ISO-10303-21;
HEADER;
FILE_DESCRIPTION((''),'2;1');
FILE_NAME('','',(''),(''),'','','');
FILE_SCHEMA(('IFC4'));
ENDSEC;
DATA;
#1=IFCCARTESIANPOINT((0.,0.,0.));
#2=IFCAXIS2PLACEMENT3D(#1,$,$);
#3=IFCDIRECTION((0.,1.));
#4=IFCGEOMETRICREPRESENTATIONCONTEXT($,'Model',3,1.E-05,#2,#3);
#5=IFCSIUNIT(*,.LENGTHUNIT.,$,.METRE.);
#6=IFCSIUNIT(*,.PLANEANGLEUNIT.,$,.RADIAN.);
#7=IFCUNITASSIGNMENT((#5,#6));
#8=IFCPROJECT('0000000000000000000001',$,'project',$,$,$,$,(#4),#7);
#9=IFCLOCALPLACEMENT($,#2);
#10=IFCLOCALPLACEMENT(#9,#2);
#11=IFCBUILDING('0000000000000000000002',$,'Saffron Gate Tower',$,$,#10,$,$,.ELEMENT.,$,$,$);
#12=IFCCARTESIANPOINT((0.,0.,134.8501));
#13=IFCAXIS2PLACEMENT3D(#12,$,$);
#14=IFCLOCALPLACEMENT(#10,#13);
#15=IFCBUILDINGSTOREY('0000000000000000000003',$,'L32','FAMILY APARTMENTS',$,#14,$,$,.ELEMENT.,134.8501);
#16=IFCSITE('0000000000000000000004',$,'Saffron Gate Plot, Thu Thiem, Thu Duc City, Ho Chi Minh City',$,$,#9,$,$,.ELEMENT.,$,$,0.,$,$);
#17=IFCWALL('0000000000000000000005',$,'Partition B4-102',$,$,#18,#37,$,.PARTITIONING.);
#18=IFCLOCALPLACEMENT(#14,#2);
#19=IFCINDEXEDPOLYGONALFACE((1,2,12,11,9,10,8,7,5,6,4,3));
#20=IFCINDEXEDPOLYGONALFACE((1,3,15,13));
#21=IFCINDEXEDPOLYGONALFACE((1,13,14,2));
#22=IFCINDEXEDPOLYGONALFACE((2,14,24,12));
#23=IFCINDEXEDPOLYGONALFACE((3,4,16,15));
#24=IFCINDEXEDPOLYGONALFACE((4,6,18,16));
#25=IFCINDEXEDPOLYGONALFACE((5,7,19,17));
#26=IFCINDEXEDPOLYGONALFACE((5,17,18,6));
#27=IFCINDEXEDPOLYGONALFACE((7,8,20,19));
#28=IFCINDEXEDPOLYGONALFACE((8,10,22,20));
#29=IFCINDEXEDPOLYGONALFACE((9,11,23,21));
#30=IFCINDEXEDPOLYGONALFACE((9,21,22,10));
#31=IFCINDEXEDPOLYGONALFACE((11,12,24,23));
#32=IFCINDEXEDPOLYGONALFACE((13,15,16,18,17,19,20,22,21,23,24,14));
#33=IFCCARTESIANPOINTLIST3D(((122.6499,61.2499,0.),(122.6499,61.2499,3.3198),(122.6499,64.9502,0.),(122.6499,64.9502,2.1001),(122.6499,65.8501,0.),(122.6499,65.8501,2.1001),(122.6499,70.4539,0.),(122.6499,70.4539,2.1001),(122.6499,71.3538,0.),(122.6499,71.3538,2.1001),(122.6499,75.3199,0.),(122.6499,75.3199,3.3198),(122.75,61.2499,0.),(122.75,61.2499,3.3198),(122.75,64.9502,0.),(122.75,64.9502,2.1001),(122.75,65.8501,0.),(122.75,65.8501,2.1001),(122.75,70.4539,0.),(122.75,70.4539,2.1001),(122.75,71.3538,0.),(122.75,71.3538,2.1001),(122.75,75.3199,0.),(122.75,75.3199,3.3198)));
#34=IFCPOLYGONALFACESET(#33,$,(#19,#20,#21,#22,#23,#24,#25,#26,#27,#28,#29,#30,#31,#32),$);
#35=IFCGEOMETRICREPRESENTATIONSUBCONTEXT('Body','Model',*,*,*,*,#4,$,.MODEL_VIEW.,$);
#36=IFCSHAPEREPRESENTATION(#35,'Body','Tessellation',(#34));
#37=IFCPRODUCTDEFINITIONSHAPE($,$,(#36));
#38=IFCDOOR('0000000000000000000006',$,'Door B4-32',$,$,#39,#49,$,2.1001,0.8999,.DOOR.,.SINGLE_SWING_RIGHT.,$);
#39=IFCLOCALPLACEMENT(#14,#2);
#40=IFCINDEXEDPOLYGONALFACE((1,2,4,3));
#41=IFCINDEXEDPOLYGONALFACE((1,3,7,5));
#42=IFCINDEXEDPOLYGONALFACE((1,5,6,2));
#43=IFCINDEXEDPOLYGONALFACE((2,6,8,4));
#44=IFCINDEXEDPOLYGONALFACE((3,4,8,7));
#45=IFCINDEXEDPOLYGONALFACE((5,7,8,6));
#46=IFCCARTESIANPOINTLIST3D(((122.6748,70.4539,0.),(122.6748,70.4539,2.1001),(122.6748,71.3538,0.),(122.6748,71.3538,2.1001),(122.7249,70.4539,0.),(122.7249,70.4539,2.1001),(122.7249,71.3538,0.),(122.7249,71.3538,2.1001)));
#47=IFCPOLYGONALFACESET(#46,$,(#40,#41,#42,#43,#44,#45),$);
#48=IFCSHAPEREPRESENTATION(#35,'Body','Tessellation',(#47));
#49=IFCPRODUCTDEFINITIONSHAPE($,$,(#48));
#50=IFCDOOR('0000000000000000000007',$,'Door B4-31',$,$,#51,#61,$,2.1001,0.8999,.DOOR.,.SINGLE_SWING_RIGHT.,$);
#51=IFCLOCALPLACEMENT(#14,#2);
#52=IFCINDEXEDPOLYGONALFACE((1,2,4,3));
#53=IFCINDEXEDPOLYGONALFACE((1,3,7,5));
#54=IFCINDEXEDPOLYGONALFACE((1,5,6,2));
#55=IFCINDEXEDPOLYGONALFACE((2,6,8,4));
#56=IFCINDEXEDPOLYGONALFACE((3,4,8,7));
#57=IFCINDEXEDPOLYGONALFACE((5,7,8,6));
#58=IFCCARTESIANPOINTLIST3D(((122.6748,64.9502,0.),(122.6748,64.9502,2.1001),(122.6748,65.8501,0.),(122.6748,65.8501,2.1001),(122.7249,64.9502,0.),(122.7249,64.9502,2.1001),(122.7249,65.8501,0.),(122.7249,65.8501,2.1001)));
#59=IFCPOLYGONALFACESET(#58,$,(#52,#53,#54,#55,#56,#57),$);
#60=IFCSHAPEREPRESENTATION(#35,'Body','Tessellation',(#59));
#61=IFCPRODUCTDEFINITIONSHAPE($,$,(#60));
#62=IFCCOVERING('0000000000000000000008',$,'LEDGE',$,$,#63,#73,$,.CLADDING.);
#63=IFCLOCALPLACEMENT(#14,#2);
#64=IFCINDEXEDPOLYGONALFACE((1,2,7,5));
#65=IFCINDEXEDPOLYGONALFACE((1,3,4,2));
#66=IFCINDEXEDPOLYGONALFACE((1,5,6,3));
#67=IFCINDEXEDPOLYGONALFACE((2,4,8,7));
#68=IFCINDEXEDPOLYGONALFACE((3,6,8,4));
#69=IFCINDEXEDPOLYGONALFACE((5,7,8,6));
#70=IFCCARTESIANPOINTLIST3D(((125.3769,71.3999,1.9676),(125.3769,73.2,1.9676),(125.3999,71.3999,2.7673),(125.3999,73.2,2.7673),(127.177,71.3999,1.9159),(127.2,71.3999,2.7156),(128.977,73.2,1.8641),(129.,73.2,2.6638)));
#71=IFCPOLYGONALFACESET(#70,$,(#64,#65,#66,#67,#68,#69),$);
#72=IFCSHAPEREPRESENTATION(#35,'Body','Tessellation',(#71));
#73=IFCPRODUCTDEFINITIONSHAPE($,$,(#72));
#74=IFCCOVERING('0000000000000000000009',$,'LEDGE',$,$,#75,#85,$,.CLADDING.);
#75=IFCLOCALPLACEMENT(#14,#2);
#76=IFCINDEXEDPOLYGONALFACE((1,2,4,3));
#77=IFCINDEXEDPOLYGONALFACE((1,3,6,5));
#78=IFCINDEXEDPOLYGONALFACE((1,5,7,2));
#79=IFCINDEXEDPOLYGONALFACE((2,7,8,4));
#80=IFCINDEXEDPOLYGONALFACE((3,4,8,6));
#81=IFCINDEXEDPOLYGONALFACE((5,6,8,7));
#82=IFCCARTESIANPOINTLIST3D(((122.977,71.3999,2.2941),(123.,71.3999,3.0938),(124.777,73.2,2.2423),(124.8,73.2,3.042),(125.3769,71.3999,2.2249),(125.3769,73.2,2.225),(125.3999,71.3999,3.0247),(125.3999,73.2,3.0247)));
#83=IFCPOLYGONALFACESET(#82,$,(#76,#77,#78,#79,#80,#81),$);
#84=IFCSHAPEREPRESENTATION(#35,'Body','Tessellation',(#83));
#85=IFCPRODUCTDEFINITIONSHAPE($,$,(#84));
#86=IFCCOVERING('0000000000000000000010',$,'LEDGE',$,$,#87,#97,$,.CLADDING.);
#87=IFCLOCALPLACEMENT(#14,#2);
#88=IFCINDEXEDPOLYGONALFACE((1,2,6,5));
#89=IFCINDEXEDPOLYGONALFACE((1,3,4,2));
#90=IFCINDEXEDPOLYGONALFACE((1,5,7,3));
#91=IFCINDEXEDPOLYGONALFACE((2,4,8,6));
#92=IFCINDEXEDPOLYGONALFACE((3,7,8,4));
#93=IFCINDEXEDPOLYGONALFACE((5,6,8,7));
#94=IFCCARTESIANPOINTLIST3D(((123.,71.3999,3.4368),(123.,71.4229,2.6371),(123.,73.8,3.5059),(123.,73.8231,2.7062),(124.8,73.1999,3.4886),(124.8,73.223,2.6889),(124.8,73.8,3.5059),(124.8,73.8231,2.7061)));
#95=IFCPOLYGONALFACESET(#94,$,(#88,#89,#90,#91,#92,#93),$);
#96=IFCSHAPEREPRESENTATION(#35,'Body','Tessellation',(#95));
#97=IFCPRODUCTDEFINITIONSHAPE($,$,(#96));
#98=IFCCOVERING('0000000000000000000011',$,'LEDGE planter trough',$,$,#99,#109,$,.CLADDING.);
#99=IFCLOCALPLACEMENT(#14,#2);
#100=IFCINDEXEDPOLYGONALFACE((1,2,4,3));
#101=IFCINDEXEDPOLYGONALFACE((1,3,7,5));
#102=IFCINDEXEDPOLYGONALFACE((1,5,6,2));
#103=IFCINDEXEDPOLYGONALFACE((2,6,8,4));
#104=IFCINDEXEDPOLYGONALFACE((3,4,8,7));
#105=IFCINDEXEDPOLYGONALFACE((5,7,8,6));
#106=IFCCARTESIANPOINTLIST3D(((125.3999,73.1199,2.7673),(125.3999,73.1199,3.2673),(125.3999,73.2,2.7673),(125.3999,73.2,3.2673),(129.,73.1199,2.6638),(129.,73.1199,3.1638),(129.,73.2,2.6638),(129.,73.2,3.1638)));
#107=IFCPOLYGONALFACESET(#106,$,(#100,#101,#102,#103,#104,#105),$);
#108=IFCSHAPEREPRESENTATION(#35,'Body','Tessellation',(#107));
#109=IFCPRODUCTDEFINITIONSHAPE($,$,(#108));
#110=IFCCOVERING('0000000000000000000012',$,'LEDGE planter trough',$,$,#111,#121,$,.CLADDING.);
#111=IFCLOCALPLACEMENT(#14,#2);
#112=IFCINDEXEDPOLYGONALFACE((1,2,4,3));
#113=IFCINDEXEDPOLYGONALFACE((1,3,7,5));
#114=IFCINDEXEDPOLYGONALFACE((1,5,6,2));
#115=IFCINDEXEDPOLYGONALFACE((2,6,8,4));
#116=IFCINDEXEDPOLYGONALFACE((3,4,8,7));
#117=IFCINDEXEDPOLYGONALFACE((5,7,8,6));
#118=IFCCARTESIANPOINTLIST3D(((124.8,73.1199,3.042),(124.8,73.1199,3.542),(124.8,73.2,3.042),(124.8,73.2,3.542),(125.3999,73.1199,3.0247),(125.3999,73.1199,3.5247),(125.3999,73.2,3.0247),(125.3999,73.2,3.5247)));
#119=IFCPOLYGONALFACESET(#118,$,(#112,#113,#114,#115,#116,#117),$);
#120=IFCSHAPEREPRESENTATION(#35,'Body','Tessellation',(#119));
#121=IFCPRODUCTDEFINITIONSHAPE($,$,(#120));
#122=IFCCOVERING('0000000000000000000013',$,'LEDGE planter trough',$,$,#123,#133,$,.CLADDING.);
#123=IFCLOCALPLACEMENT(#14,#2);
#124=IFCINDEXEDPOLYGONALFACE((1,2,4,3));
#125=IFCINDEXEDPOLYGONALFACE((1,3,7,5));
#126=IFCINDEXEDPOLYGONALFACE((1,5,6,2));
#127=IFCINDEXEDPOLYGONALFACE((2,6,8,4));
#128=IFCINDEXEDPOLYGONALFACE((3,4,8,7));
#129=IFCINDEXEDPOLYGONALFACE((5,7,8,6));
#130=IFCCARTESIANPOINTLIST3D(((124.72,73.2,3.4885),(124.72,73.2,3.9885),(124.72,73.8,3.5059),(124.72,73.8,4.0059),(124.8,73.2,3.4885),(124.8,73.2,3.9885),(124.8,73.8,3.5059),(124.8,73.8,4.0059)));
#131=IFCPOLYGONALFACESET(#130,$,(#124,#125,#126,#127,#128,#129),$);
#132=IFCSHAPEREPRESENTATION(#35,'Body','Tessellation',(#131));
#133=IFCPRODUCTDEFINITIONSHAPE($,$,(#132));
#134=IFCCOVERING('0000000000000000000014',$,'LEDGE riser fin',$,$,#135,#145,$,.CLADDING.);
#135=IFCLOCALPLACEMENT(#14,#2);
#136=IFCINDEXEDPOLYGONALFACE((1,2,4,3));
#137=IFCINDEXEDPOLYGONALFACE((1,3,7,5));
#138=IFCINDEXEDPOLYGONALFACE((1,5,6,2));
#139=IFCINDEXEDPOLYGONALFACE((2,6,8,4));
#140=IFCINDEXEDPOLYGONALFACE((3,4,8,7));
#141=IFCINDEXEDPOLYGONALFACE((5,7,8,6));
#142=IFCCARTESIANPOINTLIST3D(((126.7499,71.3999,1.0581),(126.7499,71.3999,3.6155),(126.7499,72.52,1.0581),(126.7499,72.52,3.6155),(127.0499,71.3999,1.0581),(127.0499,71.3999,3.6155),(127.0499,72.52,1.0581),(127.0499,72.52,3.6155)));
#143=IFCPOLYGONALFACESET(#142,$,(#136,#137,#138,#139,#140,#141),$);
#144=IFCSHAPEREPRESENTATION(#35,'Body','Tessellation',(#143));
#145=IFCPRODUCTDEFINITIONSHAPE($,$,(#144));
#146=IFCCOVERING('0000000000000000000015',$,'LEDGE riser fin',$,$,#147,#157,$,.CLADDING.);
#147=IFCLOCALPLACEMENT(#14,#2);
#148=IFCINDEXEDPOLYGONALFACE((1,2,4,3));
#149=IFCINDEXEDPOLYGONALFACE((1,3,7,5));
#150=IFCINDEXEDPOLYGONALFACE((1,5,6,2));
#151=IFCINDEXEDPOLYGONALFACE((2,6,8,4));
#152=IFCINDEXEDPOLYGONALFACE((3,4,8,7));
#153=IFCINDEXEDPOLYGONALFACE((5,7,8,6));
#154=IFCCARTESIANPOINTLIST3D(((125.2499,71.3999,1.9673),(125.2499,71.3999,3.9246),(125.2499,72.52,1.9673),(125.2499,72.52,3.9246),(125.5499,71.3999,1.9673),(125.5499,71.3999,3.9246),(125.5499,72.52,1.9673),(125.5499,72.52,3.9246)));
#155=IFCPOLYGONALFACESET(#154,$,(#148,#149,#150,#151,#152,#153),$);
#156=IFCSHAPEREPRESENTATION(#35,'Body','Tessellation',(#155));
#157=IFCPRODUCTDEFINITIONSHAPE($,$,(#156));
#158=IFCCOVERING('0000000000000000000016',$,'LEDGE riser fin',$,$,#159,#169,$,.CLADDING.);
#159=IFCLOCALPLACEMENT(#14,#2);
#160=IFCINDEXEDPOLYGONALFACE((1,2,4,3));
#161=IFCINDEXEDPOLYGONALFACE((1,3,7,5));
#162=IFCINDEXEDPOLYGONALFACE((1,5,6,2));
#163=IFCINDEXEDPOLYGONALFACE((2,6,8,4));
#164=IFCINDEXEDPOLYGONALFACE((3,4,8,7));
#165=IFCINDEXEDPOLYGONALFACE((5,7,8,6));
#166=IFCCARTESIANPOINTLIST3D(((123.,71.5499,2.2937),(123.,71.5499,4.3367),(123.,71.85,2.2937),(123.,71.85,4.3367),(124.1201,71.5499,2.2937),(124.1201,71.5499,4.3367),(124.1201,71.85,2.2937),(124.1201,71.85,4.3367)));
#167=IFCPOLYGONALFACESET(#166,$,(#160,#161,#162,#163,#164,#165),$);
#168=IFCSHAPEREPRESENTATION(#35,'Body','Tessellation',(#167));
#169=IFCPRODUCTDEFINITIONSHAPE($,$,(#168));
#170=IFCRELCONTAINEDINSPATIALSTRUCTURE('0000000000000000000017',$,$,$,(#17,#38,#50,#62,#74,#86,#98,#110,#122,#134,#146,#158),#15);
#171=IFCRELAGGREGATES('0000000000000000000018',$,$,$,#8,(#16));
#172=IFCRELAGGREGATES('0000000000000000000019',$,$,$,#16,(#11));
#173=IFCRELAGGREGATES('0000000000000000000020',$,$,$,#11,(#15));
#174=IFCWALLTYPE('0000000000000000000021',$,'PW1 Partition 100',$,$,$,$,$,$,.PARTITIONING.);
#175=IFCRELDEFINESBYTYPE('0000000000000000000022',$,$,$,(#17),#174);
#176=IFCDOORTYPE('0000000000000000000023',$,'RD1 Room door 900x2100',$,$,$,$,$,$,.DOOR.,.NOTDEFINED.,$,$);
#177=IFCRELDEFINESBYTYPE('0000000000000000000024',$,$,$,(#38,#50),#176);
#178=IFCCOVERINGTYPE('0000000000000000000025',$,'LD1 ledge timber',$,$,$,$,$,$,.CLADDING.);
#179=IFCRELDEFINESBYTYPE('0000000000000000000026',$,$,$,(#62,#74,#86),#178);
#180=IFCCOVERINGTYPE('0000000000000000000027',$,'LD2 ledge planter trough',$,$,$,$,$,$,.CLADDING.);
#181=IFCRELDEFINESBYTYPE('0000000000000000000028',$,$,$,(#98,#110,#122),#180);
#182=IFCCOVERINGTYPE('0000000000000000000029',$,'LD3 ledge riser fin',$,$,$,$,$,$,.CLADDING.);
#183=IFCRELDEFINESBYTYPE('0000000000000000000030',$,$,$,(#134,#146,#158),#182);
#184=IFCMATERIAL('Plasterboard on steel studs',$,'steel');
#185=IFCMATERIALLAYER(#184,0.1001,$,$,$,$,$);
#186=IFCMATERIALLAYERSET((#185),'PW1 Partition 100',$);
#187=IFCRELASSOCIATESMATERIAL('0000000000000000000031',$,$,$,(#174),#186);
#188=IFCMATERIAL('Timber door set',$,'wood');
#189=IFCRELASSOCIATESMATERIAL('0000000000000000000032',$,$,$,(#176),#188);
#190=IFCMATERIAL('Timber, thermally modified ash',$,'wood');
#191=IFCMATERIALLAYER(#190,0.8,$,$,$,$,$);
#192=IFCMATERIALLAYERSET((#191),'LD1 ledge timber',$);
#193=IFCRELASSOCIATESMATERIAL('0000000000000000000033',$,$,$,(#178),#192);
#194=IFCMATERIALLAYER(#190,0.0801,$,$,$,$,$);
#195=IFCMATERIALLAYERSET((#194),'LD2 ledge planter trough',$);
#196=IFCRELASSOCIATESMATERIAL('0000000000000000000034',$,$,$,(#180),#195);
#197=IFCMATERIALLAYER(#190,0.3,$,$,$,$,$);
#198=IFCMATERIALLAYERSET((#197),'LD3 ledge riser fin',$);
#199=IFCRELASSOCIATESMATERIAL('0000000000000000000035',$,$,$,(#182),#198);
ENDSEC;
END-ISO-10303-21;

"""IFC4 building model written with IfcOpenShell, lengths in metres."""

from ifc_helpers import new_model, si_unit, direction, frame, frame_2d, origin, origin_2d, place, context, subcontext, project, spatial, polyline, rectangle, outline, extrude, material, layer, layer_set, type_object, element, fill, save


model = new_model("IFC4")

# Units and contexts
model_context = context("Model", 3, precision=1e-05, world=origin(), true_north=direction((0.0, 1.0)))
body_context = subcontext(model_context, "Body", "Model", "MODEL_VIEW")
ifc_project = project(units=[si_unit("LENGTHUNIT", "METRE"), si_unit("PLANEANGLEUNIT", "RADIAN")], contexts=[model_context])

# Site, building, storey
site_placement = place(None, origin())
site = spatial("IfcSite", under=ifc_project, at=site_placement, Name="Saffron Gate Plot, Thu Thiem, Thu Duc City, Ho Chi Minh City", CompositionType="ELEMENT", RefElevation=0.0)
building_placement = place(site_placement, origin())
building = spatial("IfcBuilding", under=site, at=building_placement, Name="Saffron Gate Tower", CompositionType="ELEMENT")
storey_placement = place(building_placement, frame((0.0, 0.0, 134.8501)))
storey = spatial("IfcBuildingStorey", under=building, at=storey_placement, Name="L32", Description="FAMILY APARTMENTS", CompositionType="ELEMENT", Elevation=134.8501)

# Wall, openings, doors
ifc_material_1 = material(Name="Plasterboard on steel studs", Category="steel")
ifc_layer_1 = layer(ifc_material_1, 0.1001)
ifc_layer_set_1 = layer_set([ifc_layer_1], Name="PW1 Partition 100")
wall_type = type_object("IfcWallType", Name="PW1 Partition 100", PredefinedType="PARTITIONING", material=ifc_layer_set_1)
wall_placement = place(storey_placement, frame((122.7, 75.3201, 0.0), z_axis=(0.0, 0.0, 1.0), x_axis=(0.0, -1.0, 0.0)))
wall = element("IfcWall", 1, at=wall_placement, inside=storey, type_object=wall_type, Name="Partition B4-102", PredefinedType="PARTITIONING", context=body_context, shape_type="SweptSolid", body=[
    extrude(rectangle(XDim=14.0701, YDim=0.1001, at=frame_2d((7.0352, 0.0))), origin(), (0.0, 0.0, 1.0), 3.3198),
])
opening_1_placement = place(wall_placement, frame((3.9663, 0.0, 0.0)))
opening_1 = element("IfcOpeningElement", 2, at=opening_1_placement, cuts=wall, PredefinedType="OPENING", context=body_context, shape_type="SweptSolid", body=[
    extrude(rectangle(XDim=0.8999, YDim=2.1001, at=frame_2d((0.45, 1.05))), frame((0.0, 0.0601, 0.0), z_axis=(0.0, -1.0, 0.0), x_axis=(1.0, 0.0, 0.0)), (0.0, 0.0, 1.0), 0.1201),
])
opening_2_placement = place(wall_placement, frame((9.47, 0.0, 0.0)))
opening_2 = element("IfcOpeningElement", 3, at=opening_2_placement, cuts=wall, PredefinedType="OPENING", context=body_context, shape_type="SweptSolid", body=[
    extrude(rectangle(XDim=0.8999, YDim=2.1001, at=frame_2d((0.45, 1.05))), frame((0.0, 0.0601, 0.0), z_axis=(0.0, -1.0, 0.0), x_axis=(1.0, 0.0, 0.0)), (0.0, 0.0, 1.0), 0.1201),
])
ifc_material_2 = material(Name="Timber door set", Category="wood")
door_type = type_object("IfcDoorType", Name="RD1 Room door 900x2100", OperationType="NOTDEFINED", PredefinedType="DOOR", material=ifc_material_2)
door_1_placement = place(opening_1_placement, origin())
door_1 = element("IfcDoor", 4, at=door_1_placement, inside=storey, type_object=door_type, Name="Door B4-32", OperationType="SINGLE_SWING_RIGHT", OverallHeight=2.1001, OverallWidth=0.8999, PredefinedType="DOOR", context=body_context, shape_type="SweptSolid", body=[
    extrude(rectangle(XDim=0.8999, YDim=2.1001, at=frame_2d((0.45, 1.05))), frame((0.0, 0.0249, 0.0), z_axis=(0.0, -1.0, 0.0), x_axis=(1.0, 0.0, 0.0)), (0.0, 0.0, 1.0), 0.05),
])
fill(opening_1, door_1)
door_2_placement = place(opening_2_placement, origin())
door_2 = element("IfcDoor", 5, at=door_2_placement, inside=storey, type_object=door_type, Name="Door B4-31", OperationType="SINGLE_SWING_RIGHT", OverallHeight=2.1001, OverallWidth=0.8999, PredefinedType="DOOR", context=body_context, shape_type="SweptSolid", body=[
    extrude(rectangle(XDim=0.8999, YDim=2.1001, at=frame_2d((0.45, 1.05))), frame((0.0, 0.0249, 0.0), z_axis=(0.0, -1.0, 0.0), x_axis=(1.0, 0.0, 0.0)), (0.0, 0.0, 1.0), 0.05),
])
fill(opening_2, door_2)

# Coverings
ifc_material_3 = material(Name="Timber, thermally modified ash", Category="wood")
ifc_layer_2 = layer(ifc_material_3, 0.8)
ifc_layer_set_2 = layer_set([ifc_layer_2], Name="LD1 ledge timber")
covering_type_1 = type_object("IfcCoveringType", Name="LD1 ledge timber", PredefinedType="CLADDING", material=ifc_layer_set_2)
covering_1_placement = place(storey_placement, frame((127.2, 71.3999, 2.7156), z_axis=(0.028742, 0.0, 0.999587), x_axis=(-0.999587, 0.0, 0.028742)))
element("IfcCovering", 6, at=covering_1_placement, inside=storey, type_object=covering_type_1, Name="LEDGE", PredefinedType="CLADDING", context=body_context, shape_type="SweptSolid", body=[
    extrude(outline(polyline([(0.0, 0.0), (1.8008, 0.0), (1.8008, -1.8), (-1.8008, -1.8), (0.0, 0.0)])), origin(), (0.0, 0.0, -1.0), 0.8),
])
covering_2_placement = place(storey_placement, frame((125.3999, 71.3999, 3.0247), z_axis=(0.028799, -0.000029, 0.999585), x_axis=(-0.999585, 0.0, 0.028799)))
element("IfcCovering", 7, at=covering_2_placement, inside=storey, type_object=covering_type_1, Name="LEDGE", PredefinedType="CLADDING", context=body_context, shape_type="SweptSolid", body=[
    extrude(outline(polyline([(0.0, 0.0), (2.4009, 0.0), (0.6001, -1.8), (0.0, -1.8), (0.0, 0.0)])), origin(), (0.0, 0.0, -1.0), 0.8),
])
covering_3_placement = place(storey_placement, frame((123.0, 71.3999, 3.4368), z_axis=(0.000026, -0.028794, 0.999585), x_axis=(0.0, 0.999585, 0.028794)))
element("IfcCovering", 8, at=covering_3_placement, inside=storey, type_object=covering_type_1, Name="LEDGE", PredefinedType="CLADDING", context=body_context, shape_type="SweptSolid", body=[
    extrude(outline(polyline([(0.0, 0.0), (2.4011, 0.0), (2.4011, -1.8), (1.8008, -1.8), (0.0, 0.0)])), origin(), (0.0, 0.0, -1.0), 0.8),
])
ifc_layer_3 = layer(ifc_material_3, 0.0801)
ifc_layer_set_3 = layer_set([ifc_layer_3], Name="LD2 ledge planter trough")
covering_type_2 = type_object("IfcCoveringType", Name="LD2 ledge planter trough", PredefinedType="CLADDING", material=ifc_layer_set_3)
covering_4_placement = place(storey_placement, frame((129.0, 73.2, 2.6638), z_axis=(0.0, 1.0, 0.0), x_axis=(-0.999587, 0.0, 0.028742)))
element("IfcCovering", 9, at=covering_4_placement, inside=storey, type_object=covering_type_2, Name="LEDGE planter trough", PredefinedType="CLADDING", context=body_context, shape_type="SweptSolid", body=[
    extrude(outline(polyline([(0.0, 0.0), (3.6016, 0.0), (3.616, 0.4998), (0.0144, 0.4998), (0.0, 0.0)])), origin(), (0.0, 0.0, -1.0), 0.0801),
])
covering_5_placement = place(storey_placement, frame((125.3999, 73.2, 3.0247), z_axis=(0.0, 1.0, 0.0), x_axis=(-0.999583, 0.0, 0.028885)))
element("IfcCovering", 10, at=covering_5_placement, inside=storey, type_object=covering_type_2, Name="LEDGE planter trough", PredefinedType="CLADDING", context=body_context, shape_type="SweptSolid", body=[
    extrude(outline(polyline([(0.0, 0.0), (0.6001, 0.0), (0.6145, 0.4998), (0.0144, 0.4998), (0.0, 0.0)])), origin(), (0.0, 0.0, -1.0), 0.0801),
])
covering_6_placement = place(storey_placement, frame((124.8, 73.2, 3.4885), z_axis=(1.0, 0.0, 0.0), x_axis=(0.0, 0.999583, 0.028873)))
element("IfcCovering", 11, at=covering_6_placement, inside=storey, type_object=covering_type_2, Name="LEDGE planter trough", PredefinedType="CLADDING", context=body_context, shape_type="SweptSolid", body=[
    extrude(outline(polyline([(0.0, 0.0), (0.6003, 0.0), (0.6148, 0.4998), (0.0144, 0.4998), (0.0, 0.0)])), origin(), (0.0, 0.0, -1.0), 0.0801),
])
ifc_layer_4 = layer(ifc_material_3, 0.3)
ifc_layer_set_4 = layer_set([ifc_layer_4], Name="LD3 ledge riser fin")
covering_type_3 = type_object("IfcCoveringType", Name="LD3 ledge riser fin", PredefinedType="CLADDING", material=ifc_layer_set_4)
covering_7_placement = place(storey_placement, frame((126.8999, 71.96, 1.0581), z_axis=(0.0, 0.0, 1.0), x_axis=(-1.0, 0.0, 0.0)))
element("IfcCovering", 12, at=covering_7_placement, inside=storey, type_object=covering_type_3, Name="LEDGE riser fin", PredefinedType="CLADDING", context=body_context, shape_type="SweptSolid", body=[
    extrude(rectangle(XDim=0.3, YDim=1.1201, at=origin_2d()), origin(), (0.0, 0.0, 1.0), 2.5574),
])
covering_8_placement = place(storey_placement, frame((125.3999, 71.96, 1.9673), z_axis=(0.0, 0.0, 1.0), x_axis=(-1.0, 0.0, 0.0)))
element("IfcCovering", 13, at=covering_8_placement, inside=storey, type_object=covering_type_3, Name="LEDGE riser fin", PredefinedType="CLADDING", context=body_context, shape_type="SweptSolid", body=[
    extrude(rectangle(XDim=0.3, YDim=1.1201, at=origin_2d()), origin(), (0.0, 0.0, 1.0), 1.9573),
])
covering_9_placement = place(storey_placement, frame((123.5601, 71.7, 2.2937), z_axis=(0.0, 0.0, 1.0), x_axis=(0.0, 1.0, 0.0)))
element("IfcCovering", 14, at=covering_9_placement, inside=storey, type_object=covering_type_3, Name="LEDGE riser fin", PredefinedType="CLADDING", context=body_context, shape_type="SweptSolid", body=[
    extrude(rectangle(XDim=0.3, YDim=1.1201, at=origin_2d()), origin(), (0.0, 0.0, 1.0), 2.043),
])

save(model, "model.ifc")
